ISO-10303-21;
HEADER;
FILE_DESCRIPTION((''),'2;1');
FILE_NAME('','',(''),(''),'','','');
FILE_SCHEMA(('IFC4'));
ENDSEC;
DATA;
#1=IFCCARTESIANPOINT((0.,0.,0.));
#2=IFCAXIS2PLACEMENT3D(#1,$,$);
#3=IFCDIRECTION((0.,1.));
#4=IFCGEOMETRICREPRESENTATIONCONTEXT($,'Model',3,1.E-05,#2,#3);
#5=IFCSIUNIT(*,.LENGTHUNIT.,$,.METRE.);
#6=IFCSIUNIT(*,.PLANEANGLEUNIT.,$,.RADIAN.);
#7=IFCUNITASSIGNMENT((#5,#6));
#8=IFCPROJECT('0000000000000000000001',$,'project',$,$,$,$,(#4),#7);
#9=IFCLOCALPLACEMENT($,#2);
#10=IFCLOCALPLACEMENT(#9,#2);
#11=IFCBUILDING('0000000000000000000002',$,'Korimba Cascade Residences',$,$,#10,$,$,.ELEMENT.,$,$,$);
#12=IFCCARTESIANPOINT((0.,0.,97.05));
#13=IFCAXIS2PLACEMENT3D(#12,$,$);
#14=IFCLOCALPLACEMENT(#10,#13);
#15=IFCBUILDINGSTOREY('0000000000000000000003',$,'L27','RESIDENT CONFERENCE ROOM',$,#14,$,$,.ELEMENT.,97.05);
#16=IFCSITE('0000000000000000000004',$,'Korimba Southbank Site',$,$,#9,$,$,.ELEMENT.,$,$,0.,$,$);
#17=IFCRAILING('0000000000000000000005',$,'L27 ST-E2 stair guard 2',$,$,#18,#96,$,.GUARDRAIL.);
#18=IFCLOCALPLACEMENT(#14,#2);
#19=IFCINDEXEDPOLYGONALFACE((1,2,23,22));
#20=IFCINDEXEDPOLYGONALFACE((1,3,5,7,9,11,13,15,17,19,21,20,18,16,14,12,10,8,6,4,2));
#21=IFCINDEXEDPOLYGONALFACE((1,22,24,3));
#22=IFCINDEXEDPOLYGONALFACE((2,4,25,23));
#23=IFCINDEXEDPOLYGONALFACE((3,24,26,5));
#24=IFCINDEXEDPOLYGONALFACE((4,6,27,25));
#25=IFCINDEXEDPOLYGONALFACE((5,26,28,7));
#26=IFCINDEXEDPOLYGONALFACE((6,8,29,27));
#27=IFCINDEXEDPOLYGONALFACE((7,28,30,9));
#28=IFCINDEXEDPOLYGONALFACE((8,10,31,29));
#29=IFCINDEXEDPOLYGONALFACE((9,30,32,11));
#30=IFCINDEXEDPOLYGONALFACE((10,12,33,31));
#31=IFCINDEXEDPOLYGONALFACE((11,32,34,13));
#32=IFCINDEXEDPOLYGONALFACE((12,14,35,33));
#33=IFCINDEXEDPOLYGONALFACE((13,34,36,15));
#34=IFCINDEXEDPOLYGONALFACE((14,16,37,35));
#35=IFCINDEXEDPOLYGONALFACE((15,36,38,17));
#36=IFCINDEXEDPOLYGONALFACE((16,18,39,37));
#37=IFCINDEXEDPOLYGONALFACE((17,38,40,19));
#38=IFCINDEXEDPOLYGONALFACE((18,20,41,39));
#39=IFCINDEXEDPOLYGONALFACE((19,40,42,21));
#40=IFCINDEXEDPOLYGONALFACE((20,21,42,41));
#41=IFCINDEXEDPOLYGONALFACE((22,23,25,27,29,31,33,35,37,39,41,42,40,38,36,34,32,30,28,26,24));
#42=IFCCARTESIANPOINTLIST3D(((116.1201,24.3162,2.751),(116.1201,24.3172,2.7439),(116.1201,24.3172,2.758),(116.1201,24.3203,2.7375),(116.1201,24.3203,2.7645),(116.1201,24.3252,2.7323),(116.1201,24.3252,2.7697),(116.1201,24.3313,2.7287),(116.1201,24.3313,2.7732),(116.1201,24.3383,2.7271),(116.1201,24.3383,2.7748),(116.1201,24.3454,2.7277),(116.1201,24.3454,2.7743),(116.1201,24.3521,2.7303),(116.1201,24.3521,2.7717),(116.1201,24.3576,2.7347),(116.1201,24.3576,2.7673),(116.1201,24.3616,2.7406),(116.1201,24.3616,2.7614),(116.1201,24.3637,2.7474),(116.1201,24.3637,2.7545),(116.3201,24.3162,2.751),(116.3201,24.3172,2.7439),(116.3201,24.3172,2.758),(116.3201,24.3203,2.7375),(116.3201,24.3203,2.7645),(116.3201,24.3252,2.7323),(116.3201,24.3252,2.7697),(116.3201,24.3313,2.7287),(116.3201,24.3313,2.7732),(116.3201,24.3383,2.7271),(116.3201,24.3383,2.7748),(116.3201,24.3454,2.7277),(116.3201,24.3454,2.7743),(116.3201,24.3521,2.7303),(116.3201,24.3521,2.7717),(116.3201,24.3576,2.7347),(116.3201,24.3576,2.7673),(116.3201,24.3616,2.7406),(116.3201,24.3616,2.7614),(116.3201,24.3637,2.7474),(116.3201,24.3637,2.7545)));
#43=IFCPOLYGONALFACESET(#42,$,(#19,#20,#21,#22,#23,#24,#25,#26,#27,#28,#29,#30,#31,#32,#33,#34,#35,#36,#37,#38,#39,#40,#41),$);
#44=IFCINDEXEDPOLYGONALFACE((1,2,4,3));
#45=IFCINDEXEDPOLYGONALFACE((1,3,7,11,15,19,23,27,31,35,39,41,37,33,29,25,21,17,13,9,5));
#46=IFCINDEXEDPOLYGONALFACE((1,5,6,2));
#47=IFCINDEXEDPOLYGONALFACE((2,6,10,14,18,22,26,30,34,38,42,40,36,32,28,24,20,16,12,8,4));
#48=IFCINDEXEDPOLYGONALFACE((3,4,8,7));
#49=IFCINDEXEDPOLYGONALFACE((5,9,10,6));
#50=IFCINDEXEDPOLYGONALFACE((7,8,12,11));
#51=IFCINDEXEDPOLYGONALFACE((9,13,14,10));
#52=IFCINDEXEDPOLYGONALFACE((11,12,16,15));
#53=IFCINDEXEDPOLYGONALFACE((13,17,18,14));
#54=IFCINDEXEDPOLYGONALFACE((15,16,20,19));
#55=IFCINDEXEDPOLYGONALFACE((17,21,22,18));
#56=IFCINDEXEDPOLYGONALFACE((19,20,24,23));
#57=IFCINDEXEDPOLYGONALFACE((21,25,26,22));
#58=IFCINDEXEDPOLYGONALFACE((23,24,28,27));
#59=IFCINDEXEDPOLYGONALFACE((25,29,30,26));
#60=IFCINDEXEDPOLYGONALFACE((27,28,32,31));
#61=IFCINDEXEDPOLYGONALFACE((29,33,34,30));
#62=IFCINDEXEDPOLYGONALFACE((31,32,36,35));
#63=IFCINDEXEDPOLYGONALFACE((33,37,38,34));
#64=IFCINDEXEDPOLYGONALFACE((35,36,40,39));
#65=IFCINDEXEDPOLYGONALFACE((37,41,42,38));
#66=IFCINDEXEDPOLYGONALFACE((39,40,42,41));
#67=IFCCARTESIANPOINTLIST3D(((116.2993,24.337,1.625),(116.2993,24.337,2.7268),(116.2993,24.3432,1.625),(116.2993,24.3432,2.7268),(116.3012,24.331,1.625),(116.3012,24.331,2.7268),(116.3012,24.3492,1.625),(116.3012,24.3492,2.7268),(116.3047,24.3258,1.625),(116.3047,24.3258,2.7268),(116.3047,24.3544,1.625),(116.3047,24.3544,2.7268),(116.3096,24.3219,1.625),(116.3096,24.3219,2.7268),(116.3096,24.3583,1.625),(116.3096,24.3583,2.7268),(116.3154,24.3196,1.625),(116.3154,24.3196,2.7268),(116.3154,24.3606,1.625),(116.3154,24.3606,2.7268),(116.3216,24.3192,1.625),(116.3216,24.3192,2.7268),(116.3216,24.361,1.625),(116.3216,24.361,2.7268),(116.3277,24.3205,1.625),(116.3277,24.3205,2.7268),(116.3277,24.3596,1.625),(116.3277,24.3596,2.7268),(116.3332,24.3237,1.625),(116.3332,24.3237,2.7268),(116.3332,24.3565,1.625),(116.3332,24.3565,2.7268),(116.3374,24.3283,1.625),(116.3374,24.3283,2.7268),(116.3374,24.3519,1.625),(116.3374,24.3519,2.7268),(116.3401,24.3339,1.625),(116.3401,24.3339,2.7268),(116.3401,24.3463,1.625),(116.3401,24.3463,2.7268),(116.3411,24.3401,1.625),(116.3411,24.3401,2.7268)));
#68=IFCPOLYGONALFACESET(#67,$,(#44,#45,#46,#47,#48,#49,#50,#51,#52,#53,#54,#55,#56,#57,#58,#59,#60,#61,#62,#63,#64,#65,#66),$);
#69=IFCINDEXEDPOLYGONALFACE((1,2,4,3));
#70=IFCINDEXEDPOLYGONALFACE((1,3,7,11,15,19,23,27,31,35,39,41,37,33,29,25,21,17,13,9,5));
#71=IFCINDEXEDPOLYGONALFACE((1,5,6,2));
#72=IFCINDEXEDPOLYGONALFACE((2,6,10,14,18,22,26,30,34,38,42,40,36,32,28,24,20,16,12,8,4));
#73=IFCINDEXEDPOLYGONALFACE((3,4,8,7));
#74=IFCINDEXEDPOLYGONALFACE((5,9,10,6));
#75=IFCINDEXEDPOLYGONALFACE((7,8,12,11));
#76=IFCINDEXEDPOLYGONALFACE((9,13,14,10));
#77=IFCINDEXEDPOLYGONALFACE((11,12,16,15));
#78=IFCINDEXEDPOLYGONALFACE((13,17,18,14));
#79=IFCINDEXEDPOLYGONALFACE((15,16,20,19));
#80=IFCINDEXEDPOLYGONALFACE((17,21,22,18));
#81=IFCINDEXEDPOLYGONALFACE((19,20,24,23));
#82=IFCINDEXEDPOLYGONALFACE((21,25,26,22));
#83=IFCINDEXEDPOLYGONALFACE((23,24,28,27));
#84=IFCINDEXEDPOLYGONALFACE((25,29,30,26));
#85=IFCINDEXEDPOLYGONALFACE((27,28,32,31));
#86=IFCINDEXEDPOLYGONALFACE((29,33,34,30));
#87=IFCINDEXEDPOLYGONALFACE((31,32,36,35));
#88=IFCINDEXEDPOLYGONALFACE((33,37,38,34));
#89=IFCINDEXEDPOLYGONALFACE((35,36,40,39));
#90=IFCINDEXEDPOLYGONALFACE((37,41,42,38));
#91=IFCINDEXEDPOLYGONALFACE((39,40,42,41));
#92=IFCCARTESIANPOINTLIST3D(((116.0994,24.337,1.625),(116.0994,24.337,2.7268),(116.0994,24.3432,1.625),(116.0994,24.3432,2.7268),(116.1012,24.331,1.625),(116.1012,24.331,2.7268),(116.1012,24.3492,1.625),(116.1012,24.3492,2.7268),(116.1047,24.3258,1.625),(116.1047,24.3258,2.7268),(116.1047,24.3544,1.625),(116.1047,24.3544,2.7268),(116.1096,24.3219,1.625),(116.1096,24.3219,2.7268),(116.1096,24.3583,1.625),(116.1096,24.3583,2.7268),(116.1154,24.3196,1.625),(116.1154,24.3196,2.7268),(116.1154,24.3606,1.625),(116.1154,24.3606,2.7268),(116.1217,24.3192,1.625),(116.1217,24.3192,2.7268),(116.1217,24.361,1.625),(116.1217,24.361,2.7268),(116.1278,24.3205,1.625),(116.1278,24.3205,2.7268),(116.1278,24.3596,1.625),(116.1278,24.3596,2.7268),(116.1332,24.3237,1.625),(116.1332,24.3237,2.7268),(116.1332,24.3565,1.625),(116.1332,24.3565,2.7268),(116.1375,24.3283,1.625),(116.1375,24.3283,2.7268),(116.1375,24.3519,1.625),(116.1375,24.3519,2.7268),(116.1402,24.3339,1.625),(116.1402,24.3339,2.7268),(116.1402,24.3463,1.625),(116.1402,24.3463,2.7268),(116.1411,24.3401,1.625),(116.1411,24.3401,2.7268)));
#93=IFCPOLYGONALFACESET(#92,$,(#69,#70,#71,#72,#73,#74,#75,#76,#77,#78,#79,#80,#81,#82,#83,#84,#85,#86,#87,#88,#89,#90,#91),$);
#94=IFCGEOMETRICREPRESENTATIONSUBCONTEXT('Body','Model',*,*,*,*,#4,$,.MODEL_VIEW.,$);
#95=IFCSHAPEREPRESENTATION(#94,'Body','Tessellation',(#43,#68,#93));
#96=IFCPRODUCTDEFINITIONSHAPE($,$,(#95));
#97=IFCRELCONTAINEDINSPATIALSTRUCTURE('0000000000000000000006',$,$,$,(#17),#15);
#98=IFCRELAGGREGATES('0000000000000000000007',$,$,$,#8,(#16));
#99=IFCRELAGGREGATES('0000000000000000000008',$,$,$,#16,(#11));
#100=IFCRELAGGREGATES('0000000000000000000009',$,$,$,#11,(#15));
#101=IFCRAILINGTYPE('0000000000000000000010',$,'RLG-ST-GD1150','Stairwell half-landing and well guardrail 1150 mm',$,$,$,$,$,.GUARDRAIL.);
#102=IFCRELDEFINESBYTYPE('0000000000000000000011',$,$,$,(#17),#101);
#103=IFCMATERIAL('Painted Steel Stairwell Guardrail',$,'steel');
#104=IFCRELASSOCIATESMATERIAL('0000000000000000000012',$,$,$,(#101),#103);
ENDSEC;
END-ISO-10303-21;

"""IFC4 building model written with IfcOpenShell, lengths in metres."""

from ifc_helpers import new_model, si_unit, direction, frame, origin, origin_2d, place, context, subcontext, project, spatial, circle, extrude, material, type_object, element, save


model = new_model("IFC4")

# Units and contexts
model_context = context("Model", 3, precision=1e-05, world=origin(), true_north=direction((0.0, 1.0)))
body_context = subcontext(model_context, "Body", "Model", "MODEL_VIEW")
ifc_project = project(units=[si_unit("LENGTHUNIT", "METRE"), si_unit("PLANEANGLEUNIT", "RADIAN")], contexts=[model_context])

# Site, building, storey
site_placement = place(None, origin())
site = spatial("IfcSite", under=ifc_project, at=site_placement, Name="Korimba Southbank Site", CompositionType="ELEMENT", RefElevation=0.0)
building_placement = place(site_placement, origin())
building = spatial("IfcBuilding", under=site, at=building_placement, Name="Korimba Cascade Residences", CompositionType="ELEMENT")
storey_placement = place(building_placement, frame((0.0, 0.0, 97.05)))
storey = spatial("IfcBuildingStorey", under=building, at=storey_placement, Name="L27", Description="RESIDENT CONFERENCE ROOM", CompositionType="ELEMENT", Elevation=97.05)

# Railing
ifc_material_1 = material(Name="Painted Steel Stairwell Guardrail", Category="steel")
railing_type_1 = type_object("IfcRailingType", Name="RLG-ST-GD1150", Description="Stairwell half-landing and well guardrail 1150 mm", PredefinedType="GUARDRAIL", material=ifc_material_1)
railing_1_placement = place(storey_placement, frame((116.3201, 24.3401, 1.625)))
element("IfcRailing", 1, at=railing_1_placement, inside=storey, type_object=railing_type_1, Name="L27 ST-E2 stair guard 2", PredefinedType="GUARDRAIL", context=body_context, shape_type="SweptSolid", body=[
    extrude(circle(Radius=0.0239, at=origin_2d()), frame((0.0, 0.0, 1.126), z_axis=(-1.0, 0.0, 0.0), x_axis=(0.0, -1.0, 0.0)), (0.0, 0.0, 1.0), 0.2),
    extrude(circle(Radius=0.021, at=origin_2d()), origin(), (0.0, 0.0, 1.0), 1.1018),
    extrude(circle(Radius=0.021, at=origin_2d()), frame((-0.2, 0.0, 0.0)), (0.0, 0.0, 1.0), 1.1018),
])

save(model, "model.ifc")
